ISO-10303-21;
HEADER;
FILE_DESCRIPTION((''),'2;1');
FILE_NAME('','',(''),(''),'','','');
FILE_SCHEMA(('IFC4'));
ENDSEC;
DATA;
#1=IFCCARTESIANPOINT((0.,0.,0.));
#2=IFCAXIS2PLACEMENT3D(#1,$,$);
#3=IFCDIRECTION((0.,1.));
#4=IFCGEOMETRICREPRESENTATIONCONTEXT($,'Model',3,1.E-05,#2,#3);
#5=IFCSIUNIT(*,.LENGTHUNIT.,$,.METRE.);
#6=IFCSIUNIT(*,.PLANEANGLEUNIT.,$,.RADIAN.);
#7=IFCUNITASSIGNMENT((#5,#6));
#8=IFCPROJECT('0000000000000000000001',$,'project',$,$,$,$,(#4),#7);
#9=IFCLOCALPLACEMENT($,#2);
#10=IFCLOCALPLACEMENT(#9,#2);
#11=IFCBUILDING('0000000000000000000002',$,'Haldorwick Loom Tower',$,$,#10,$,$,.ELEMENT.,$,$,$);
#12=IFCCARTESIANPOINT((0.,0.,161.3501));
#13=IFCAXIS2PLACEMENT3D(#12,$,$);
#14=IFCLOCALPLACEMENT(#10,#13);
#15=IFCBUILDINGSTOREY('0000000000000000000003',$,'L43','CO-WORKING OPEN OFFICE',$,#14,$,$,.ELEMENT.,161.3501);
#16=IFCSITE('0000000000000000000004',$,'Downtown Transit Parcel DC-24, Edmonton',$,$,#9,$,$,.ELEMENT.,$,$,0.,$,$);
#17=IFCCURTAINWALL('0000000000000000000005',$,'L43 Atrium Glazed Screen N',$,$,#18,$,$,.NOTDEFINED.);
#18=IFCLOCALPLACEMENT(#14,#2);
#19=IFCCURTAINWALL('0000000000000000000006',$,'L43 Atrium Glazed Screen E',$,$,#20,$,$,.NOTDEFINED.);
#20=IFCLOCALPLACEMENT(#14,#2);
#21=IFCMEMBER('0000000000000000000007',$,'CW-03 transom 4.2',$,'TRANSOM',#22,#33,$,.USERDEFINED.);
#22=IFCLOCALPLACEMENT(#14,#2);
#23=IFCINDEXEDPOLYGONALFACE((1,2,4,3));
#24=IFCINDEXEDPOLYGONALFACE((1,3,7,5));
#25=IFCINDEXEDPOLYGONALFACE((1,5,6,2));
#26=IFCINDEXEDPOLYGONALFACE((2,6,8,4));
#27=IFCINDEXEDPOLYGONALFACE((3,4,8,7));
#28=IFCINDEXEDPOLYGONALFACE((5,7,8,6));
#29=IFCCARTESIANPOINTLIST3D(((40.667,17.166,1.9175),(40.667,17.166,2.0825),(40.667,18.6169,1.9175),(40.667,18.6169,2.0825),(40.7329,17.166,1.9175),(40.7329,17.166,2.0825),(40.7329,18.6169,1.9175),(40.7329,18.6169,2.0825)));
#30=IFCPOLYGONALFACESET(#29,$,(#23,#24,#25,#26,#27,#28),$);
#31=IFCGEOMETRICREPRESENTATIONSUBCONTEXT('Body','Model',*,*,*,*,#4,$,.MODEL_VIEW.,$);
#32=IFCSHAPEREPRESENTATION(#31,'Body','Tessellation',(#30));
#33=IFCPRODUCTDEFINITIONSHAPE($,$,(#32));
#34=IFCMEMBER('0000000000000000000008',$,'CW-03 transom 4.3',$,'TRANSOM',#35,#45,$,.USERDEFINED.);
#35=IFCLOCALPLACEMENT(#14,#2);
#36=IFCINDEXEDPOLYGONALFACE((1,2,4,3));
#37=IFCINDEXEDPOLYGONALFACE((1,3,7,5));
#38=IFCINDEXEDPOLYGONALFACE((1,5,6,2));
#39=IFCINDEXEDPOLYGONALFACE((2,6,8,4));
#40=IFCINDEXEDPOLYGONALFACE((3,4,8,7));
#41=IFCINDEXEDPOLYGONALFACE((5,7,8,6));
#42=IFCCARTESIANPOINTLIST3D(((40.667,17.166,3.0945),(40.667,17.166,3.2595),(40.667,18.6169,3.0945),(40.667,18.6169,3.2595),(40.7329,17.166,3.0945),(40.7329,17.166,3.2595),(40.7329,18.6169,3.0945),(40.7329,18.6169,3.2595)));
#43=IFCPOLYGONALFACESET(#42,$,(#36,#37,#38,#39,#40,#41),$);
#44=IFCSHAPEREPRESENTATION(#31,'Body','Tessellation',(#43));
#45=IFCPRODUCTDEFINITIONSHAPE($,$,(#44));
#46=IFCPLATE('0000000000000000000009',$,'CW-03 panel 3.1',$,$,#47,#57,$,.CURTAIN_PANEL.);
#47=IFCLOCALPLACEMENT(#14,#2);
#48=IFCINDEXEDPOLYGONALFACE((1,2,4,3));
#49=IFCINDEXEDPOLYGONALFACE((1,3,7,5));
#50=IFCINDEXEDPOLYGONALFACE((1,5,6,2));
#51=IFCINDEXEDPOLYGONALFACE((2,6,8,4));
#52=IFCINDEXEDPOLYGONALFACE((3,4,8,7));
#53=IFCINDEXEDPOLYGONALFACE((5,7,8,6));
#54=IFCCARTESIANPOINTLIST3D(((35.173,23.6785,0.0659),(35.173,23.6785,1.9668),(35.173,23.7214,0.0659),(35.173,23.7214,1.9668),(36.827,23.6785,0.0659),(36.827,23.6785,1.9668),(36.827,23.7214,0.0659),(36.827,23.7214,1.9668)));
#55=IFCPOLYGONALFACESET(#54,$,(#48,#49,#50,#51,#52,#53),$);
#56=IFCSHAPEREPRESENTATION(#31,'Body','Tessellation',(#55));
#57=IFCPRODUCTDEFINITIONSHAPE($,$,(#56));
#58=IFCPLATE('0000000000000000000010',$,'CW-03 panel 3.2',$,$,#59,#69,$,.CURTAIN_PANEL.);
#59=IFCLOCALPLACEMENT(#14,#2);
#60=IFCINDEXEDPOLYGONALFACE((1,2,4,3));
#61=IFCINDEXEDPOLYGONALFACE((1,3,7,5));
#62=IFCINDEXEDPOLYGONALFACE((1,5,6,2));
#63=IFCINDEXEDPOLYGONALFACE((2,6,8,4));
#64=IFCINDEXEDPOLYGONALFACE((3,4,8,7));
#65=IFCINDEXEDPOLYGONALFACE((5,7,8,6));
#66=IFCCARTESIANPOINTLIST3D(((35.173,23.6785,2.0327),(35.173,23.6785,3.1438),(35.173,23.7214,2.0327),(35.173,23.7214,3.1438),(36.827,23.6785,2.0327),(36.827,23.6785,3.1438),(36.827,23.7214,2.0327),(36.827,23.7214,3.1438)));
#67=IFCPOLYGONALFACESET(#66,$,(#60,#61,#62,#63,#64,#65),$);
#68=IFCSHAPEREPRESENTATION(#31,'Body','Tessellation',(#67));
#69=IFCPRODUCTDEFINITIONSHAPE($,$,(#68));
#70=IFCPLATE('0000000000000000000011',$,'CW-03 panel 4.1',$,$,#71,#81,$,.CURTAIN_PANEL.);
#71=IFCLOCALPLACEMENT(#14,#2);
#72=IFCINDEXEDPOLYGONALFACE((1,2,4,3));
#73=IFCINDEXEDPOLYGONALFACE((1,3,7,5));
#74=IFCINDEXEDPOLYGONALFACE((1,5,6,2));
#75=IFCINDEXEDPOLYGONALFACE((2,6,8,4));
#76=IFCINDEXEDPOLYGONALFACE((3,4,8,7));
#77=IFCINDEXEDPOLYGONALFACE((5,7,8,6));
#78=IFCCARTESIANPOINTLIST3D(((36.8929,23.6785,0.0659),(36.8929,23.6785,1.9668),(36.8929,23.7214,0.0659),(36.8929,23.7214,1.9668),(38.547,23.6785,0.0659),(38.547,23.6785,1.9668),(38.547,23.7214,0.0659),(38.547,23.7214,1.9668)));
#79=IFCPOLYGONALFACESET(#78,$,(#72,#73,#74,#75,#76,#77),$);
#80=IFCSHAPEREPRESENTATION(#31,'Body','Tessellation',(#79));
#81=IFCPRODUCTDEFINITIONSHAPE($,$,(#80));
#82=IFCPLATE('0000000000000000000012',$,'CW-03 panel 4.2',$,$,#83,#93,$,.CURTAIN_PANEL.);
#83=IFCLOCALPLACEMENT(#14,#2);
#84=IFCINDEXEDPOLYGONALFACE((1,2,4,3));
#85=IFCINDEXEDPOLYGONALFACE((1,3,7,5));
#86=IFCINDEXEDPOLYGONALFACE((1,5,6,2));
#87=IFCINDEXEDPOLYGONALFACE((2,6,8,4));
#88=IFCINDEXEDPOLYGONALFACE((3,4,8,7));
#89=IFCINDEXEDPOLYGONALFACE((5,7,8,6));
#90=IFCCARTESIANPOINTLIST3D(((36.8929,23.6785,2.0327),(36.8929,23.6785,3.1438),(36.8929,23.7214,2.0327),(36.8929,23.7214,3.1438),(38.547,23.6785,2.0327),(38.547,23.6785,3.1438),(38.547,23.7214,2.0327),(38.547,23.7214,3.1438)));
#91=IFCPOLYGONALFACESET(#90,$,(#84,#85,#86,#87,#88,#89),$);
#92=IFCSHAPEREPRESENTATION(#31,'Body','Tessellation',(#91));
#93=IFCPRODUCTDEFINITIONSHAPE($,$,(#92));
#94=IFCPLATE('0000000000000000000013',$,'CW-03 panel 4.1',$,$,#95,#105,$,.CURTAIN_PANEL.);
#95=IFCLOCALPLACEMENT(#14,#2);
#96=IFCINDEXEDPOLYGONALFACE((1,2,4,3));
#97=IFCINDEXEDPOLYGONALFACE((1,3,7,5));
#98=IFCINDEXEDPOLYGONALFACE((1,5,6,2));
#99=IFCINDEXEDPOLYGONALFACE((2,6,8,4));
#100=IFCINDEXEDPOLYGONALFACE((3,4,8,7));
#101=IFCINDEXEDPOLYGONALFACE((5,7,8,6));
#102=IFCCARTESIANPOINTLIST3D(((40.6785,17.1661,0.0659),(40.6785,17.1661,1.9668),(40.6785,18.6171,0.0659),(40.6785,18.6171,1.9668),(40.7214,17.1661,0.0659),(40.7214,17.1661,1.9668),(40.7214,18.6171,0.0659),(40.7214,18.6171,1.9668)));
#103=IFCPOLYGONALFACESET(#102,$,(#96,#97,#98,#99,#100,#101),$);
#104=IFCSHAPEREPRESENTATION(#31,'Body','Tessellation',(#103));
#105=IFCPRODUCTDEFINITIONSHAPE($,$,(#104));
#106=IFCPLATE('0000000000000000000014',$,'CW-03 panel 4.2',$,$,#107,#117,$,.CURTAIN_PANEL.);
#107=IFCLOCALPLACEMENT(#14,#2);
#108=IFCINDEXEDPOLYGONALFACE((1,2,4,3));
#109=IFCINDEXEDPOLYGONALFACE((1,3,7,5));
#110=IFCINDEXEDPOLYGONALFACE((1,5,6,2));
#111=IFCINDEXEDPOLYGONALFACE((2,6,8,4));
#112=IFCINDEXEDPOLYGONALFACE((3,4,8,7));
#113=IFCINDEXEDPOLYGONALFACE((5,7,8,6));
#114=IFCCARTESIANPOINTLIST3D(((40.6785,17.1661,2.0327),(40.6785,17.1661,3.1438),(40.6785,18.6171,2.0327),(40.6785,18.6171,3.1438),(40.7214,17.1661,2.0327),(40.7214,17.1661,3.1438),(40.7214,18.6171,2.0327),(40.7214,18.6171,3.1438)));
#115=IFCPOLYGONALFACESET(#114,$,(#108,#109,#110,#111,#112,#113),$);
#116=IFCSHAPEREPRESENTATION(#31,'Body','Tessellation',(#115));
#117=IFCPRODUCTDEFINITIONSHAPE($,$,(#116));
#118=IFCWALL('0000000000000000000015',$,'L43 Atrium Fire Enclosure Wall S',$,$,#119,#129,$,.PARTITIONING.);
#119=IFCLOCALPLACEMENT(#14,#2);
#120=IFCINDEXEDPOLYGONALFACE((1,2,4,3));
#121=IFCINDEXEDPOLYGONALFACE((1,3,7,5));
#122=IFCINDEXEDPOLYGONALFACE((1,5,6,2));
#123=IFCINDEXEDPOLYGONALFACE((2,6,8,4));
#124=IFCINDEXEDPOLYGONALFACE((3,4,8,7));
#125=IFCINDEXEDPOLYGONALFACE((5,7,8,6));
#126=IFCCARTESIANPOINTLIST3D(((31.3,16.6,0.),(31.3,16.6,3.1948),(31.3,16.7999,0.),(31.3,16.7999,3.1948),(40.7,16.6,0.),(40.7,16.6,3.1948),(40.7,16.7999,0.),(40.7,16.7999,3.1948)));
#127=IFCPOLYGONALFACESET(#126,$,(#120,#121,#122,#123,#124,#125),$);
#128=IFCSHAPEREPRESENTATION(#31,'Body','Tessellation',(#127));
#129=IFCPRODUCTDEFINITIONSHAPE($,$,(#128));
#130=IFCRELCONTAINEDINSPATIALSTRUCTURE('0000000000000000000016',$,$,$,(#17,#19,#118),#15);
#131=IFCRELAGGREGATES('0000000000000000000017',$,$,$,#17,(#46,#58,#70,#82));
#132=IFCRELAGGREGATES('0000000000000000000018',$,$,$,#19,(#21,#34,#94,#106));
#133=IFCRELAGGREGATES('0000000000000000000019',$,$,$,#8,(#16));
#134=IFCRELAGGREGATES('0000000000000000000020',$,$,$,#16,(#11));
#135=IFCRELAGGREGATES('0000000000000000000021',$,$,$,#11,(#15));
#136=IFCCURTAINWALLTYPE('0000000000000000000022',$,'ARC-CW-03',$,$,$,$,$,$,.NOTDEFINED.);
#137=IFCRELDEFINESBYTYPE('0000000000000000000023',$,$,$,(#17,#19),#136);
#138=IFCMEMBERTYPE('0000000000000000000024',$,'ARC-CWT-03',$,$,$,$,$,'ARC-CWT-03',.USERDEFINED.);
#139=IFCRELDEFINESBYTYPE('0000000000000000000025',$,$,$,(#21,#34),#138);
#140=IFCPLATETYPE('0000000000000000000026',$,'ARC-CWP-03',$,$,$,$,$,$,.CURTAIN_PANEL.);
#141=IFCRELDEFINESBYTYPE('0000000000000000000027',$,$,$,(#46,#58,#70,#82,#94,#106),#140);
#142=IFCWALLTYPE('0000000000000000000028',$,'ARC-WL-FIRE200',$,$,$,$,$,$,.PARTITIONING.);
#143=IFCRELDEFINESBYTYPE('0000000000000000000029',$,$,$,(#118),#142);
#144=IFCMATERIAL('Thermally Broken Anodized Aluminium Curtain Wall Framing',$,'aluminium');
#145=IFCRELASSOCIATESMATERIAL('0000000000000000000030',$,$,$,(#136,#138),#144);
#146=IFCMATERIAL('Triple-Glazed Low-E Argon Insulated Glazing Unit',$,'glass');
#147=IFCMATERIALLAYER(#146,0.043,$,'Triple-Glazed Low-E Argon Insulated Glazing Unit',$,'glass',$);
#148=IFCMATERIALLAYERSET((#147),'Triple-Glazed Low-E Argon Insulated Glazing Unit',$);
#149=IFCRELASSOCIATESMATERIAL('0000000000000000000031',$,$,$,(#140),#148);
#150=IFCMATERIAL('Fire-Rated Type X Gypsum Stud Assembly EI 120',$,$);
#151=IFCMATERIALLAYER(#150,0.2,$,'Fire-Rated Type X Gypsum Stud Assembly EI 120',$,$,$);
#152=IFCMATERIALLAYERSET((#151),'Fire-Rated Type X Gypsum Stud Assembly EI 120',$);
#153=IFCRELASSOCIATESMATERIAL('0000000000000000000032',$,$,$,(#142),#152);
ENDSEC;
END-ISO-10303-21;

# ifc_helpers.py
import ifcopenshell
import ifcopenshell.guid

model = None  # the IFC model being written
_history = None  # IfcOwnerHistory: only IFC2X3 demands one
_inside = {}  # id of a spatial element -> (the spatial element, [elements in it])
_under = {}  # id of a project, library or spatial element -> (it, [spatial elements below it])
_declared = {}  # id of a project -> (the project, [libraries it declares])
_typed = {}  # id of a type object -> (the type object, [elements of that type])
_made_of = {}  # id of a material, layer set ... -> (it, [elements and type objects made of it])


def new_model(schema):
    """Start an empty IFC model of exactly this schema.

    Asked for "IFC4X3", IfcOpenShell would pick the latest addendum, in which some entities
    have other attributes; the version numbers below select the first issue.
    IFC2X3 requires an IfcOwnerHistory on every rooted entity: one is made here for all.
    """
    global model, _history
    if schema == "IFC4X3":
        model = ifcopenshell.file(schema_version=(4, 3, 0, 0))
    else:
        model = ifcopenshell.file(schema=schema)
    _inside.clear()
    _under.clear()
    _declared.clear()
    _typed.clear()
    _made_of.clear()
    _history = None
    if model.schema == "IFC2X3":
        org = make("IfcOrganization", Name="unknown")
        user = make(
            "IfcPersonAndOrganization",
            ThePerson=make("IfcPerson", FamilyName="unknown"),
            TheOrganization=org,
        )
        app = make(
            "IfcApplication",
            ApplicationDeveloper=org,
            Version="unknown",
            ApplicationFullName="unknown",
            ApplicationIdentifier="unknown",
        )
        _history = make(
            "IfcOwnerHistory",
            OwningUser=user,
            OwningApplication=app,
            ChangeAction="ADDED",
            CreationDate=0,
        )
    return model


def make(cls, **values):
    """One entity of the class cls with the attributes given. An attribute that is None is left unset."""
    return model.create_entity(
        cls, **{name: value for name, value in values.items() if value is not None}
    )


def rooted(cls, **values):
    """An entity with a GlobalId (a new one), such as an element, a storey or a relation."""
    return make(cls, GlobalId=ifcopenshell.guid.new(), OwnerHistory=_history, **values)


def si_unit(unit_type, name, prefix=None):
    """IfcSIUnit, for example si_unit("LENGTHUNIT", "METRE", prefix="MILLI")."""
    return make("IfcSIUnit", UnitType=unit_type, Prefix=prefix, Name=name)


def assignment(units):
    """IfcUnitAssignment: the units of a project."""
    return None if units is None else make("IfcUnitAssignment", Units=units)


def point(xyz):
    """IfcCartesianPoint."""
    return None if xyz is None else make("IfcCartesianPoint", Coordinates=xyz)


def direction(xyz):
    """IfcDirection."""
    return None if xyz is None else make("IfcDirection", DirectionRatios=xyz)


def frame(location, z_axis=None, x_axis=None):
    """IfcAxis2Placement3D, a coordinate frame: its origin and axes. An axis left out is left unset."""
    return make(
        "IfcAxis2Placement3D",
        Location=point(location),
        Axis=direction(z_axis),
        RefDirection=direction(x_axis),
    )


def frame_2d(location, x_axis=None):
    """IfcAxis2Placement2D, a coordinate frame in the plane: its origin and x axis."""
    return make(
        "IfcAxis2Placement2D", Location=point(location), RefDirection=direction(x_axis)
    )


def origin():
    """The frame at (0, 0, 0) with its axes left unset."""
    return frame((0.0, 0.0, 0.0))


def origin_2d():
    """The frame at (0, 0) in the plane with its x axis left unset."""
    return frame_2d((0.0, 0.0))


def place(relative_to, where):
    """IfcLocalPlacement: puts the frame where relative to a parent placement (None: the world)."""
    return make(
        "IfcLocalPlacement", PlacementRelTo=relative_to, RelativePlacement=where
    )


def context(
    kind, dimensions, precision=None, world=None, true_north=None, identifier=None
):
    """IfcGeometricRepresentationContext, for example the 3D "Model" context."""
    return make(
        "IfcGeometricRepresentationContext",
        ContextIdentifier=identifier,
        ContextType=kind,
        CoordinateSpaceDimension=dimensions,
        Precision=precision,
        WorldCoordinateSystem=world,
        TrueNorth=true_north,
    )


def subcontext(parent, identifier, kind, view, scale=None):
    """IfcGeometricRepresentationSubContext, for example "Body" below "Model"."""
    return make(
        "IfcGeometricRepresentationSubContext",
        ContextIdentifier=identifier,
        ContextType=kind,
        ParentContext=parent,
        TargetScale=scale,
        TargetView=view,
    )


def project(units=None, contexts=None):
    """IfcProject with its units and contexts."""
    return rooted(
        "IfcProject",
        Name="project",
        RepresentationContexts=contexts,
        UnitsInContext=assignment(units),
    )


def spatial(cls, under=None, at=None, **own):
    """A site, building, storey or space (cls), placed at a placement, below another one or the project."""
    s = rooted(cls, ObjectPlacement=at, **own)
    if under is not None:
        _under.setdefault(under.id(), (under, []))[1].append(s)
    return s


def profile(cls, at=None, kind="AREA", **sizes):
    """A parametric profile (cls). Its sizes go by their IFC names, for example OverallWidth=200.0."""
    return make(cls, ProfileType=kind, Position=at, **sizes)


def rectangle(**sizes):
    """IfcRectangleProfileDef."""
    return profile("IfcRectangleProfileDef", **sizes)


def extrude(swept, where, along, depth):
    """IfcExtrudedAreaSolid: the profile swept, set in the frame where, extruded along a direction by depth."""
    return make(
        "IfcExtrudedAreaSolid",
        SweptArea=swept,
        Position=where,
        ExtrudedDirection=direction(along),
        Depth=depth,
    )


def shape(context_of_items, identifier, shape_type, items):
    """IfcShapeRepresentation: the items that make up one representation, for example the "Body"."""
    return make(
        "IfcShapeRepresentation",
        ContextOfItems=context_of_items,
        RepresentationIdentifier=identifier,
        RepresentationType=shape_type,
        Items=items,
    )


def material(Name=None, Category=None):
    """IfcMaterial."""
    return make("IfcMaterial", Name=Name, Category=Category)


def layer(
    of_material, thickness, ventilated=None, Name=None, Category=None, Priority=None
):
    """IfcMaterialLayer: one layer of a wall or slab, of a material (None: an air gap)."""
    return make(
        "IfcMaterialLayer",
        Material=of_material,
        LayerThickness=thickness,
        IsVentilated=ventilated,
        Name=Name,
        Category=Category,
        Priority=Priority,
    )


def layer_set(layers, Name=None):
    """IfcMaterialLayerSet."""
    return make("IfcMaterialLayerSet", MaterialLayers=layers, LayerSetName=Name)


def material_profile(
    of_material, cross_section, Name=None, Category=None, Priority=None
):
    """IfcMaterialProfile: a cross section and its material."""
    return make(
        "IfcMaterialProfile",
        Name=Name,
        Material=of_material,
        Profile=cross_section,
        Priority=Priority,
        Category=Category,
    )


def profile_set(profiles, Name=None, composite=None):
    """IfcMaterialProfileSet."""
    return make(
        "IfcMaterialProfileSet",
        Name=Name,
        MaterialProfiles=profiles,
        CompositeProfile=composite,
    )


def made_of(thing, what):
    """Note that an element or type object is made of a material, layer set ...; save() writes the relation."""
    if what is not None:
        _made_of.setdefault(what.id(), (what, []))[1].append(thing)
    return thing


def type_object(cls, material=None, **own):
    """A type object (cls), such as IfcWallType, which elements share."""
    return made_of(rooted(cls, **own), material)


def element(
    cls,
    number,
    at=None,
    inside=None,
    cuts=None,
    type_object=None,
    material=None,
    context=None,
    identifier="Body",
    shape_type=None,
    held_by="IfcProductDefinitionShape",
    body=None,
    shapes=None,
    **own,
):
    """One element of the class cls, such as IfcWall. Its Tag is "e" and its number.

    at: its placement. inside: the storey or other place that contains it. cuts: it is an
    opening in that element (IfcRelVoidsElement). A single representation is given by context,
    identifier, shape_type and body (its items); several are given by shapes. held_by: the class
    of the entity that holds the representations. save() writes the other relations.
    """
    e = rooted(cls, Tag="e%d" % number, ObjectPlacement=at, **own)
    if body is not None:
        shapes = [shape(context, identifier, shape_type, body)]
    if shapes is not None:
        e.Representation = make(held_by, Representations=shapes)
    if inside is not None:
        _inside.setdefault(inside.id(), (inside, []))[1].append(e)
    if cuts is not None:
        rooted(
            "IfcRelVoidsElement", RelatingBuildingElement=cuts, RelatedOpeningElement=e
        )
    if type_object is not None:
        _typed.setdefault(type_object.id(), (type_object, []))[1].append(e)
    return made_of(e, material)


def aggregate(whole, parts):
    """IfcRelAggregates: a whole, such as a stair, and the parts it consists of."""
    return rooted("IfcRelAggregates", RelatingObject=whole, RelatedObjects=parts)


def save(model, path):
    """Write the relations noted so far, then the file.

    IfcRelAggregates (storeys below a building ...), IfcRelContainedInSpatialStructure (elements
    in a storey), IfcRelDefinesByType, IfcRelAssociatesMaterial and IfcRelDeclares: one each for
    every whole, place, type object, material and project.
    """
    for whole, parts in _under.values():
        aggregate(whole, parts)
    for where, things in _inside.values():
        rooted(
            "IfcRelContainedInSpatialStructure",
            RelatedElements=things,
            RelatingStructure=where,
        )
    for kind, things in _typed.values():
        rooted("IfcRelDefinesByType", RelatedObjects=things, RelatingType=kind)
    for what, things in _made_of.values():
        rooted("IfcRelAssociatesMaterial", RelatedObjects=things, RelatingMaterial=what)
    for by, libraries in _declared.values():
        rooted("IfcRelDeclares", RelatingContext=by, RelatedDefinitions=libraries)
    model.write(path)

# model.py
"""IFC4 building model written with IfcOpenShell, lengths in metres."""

from ifc_helpers import new_model, si_unit, direction, frame, frame_2d, origin, origin_2d, place, context, subcontext, project, spatial, rectangle, extrude, material, layer, layer_set, material_profile, profile_set, type_object, element, aggregate, save


model = new_model("IFC4")

# Units and contexts
model_context = context("Model", 3, precision=1e-05, world=origin(), true_north=direction((0.0, 1.0)))
body_context = subcontext(model_context, "Body", "Model", "MODEL_VIEW")
ifc_project = project(units=[si_unit("LENGTHUNIT", "METRE"), si_unit("PLANEANGLEUNIT", "RADIAN")], contexts=[model_context])

# Site, building, storey
site_placement = place(None, origin())
site = spatial("IfcSite", under=ifc_project, at=site_placement, Name="Downtown Transit Parcel DC-24, Edmonton", CompositionType="ELEMENT", RefElevation=0.0)
building_placement = place(site_placement, origin())
building = spatial("IfcBuilding", under=site, at=building_placement, Name="Haldorwick Loom Tower", CompositionType="ELEMENT")
storey_placement = place(building_placement, frame((0.0, 0.0, 161.3501)))
storey = spatial("IfcBuildingStorey", under=building, at=storey_placement, Name="L43", Description="CO-WORKING OPEN OFFICE", CompositionType="ELEMENT", Elevation=161.3501)

# Shared definitions
ifc_material_1 = material(Name="Thermally Broken Anodized Aluminium Curtain Wall Framing", Category="aluminium")
curtain_wall_type = type_object("IfcCurtainWallType", Name="ARC-CW-03", PredefinedType="NOTDEFINED", material=ifc_material_1)

# Curtain wall
curtain_wall_1_placement = place(storey_placement, origin())
curtain_wall_1 = element("IfcCurtainWall", 1, at=curtain_wall_1_placement, inside=storey, type_object=curtain_wall_type, Name="L43 Atrium Glazed Screen N", PredefinedType="NOTDEFINED")

# Curtain wall
curtain_wall_2_placement = place(storey_placement, origin())
curtain_wall_2 = element("IfcCurtainWall", 2, at=curtain_wall_2_placement, inside=storey, type_object=curtain_wall_type, Name="L43 Atrium Glazed Screen E", PredefinedType="NOTDEFINED")

# Members
ifc_material_profile_1 = material_profile(ifc_material_1, rectangle(XDim=0.0659, YDim=0.165, at=origin_2d()), Name="ALU_TRN_66X165", Category="aluminium")
ifc_profile_set_1 = profile_set([ifc_material_profile_1], Name="Thermally Broken Anodized Aluminium Curtain Wall Framing")
member_type_1 = type_object("IfcMemberType", Name="ARC-CWT-03", ElementType="ARC-CWT-03", PredefinedType="USERDEFINED", material=ifc_profile_set_1)
member_1_placement = place(storey_placement, frame((40.7, 18.6169, 2.0), z_axis=(0.0, -1.0, 0.0), x_axis=(1.0, 0.0, 0.0)))
member_1 = element("IfcMember", 3, at=member_1_placement, type_object=member_type_1, Name="CW-03 transom 4.2", ObjectType="TRANSOM", PredefinedType="USERDEFINED", context=body_context, shape_type="SweptSolid", body=[
    extrude(rectangle(XDim=0.0659, YDim=0.165, at=origin_2d()), origin(), (0.0, 0.0, 1.0), 1.4509),
])
member_2_placement = place(storey_placement, frame((40.7, 18.6169, 3.177), z_axis=(0.0, -1.0, 0.0), x_axis=(1.0, 0.0, 0.0)))
member_2 = element("IfcMember", 4, at=member_2_placement, type_object=member_type_1, Name="CW-03 transom 4.3", ObjectType="TRANSOM", PredefinedType="USERDEFINED", context=body_context, shape_type="SweptSolid", body=[
    extrude(rectangle(XDim=0.0659, YDim=0.165, at=origin_2d()), origin(), (0.0, 0.0, 1.0), 1.4509),
])

# Plates
ifc_material_2 = material(Name="Triple-Glazed Low-E Argon Insulated Glazing Unit", Category="glass")
ifc_layer_1 = layer(ifc_material_2, 0.043, Name="Triple-Glazed Low-E Argon Insulated Glazing Unit", Category="glass")
ifc_layer_set_1 = layer_set([ifc_layer_1], Name="Triple-Glazed Low-E Argon Insulated Glazing Unit")
plate_type = type_object("IfcPlateType", Name="ARC-CWP-03", PredefinedType="CURTAIN_PANEL", material=ifc_layer_set_1)
plate_1_placement = place(storey_placement, frame((36.0, 23.7, 0.0659), z_axis=(0.0, 0.0, 1.0), x_axis=(1.0, 0.0, 0.0)))
plate_1 = element("IfcPlate", 5, at=plate_1_placement, type_object=plate_type, Name="CW-03 panel 3.1", PredefinedType="CURTAIN_PANEL", context=body_context, shape_type="SweptSolid", body=[
    extrude(rectangle(XDim=1.6541, YDim=0.043, at=origin_2d()), origin(), (0.0, 0.0, 1.0), 1.9009),
])
plate_2_placement = place(storey_placement, frame((36.0, 23.7, 2.0327), z_axis=(0.0, 0.0, 1.0), x_axis=(1.0, 0.0, 0.0)))
plate_2 = element("IfcPlate", 6, at=plate_2_placement, type_object=plate_type, Name="CW-03 panel 3.2", PredefinedType="CURTAIN_PANEL", context=body_context, shape_type="SweptSolid", body=[
    extrude(rectangle(XDim=1.6541, YDim=0.043, at=origin_2d()), origin(), (0.0, 0.0, 1.0), 1.1111),
])
plate_3_placement = place(storey_placement, frame((37.72, 23.7, 0.0659), z_axis=(0.0, 0.0, 1.0), x_axis=(1.0, 0.0, 0.0)))
plate_3 = element("IfcPlate", 7, at=plate_3_placement, type_object=plate_type, Name="CW-03 panel 4.1", PredefinedType="CURTAIN_PANEL", context=body_context, shape_type="SweptSolid", body=[
    extrude(rectangle(XDim=1.6541, YDim=0.043, at=origin_2d()), origin(), (0.0, 0.0, 1.0), 1.9009),
])
plate_4_placement = place(storey_placement, frame((37.72, 23.7, 2.0327), z_axis=(0.0, 0.0, 1.0), x_axis=(1.0, 0.0, 0.0)))
plate_4 = element("IfcPlate", 8, at=plate_4_placement, type_object=plate_type, Name="CW-03 panel 4.2", PredefinedType="CURTAIN_PANEL", context=body_context, shape_type="SweptSolid", body=[
    extrude(rectangle(XDim=1.6541, YDim=0.043, at=origin_2d()), origin(), (0.0, 0.0, 1.0), 1.1111),
])
aggregate(curtain_wall_1, [plate_1, plate_2, plate_3, plate_4])
plate_5_placement = place(storey_placement, frame((40.7, 17.8916, 0.0659), z_axis=(0.0, 0.0, 1.0), x_axis=(0.0, -1.0, 0.0)))
plate_5 = element("IfcPlate", 9, at=plate_5_placement, type_object=plate_type, Name="CW-03 panel 4.1", PredefinedType="CURTAIN_PANEL", context=body_context, shape_type="SweptSolid", body=[
    extrude(rectangle(XDim=1.4509, YDim=0.043, at=origin_2d()), origin(), (0.0, 0.0, 1.0), 1.9009),
])
plate_6_placement = place(storey_placement, frame((40.7, 17.8916, 2.0327), z_axis=(0.0, 0.0, 1.0), x_axis=(0.0, -1.0, 0.0)))
plate_6 = element("IfcPlate", 10, at=plate_6_placement, type_object=plate_type, Name="CW-03 panel 4.2", PredefinedType="CURTAIN_PANEL", context=body_context, shape_type="SweptSolid", body=[
    extrude(rectangle(XDim=1.4509, YDim=0.043, at=origin_2d()), origin(), (0.0, 0.0, 1.0), 1.1111),
])
aggregate(curtain_wall_2, [member_1, member_2, plate_5, plate_6])

# Wall
ifc_material_3 = material(Name="Fire-Rated Type X Gypsum Stud Assembly EI 120")
ifc_layer_2 = layer(ifc_material_3, 0.2, Name="Fire-Rated Type X Gypsum Stud Assembly EI 120")
ifc_layer_set_2 = layer_set([ifc_layer_2], Name="Fire-Rated Type X Gypsum Stud Assembly EI 120")
wall_type = type_object("IfcWallType", Name="ARC-WL-FIRE200", PredefinedType="PARTITIONING", material=ifc_layer_set_2)
wall_placement = place(storey_placement, frame((40.7, 16.7, 0.0), z_axis=(0.0, 0.0, 1.0), x_axis=(-1.0, 0.0, 0.0)))
element("IfcWall", 11, at=wall_placement, inside=storey, type_object=wall_type, Name="L43 Atrium Fire Enclosure Wall S", PredefinedType="PARTITIONING", context=body_context, shape_type="SweptSolid", body=[
    extrude(rectangle(XDim=9.3999, YDim=0.2, at=frame_2d((4.7, 0.0))), origin(), (0.0, 0.0, 1.0), 3.1948),
])

save(model, "model.ifc")
